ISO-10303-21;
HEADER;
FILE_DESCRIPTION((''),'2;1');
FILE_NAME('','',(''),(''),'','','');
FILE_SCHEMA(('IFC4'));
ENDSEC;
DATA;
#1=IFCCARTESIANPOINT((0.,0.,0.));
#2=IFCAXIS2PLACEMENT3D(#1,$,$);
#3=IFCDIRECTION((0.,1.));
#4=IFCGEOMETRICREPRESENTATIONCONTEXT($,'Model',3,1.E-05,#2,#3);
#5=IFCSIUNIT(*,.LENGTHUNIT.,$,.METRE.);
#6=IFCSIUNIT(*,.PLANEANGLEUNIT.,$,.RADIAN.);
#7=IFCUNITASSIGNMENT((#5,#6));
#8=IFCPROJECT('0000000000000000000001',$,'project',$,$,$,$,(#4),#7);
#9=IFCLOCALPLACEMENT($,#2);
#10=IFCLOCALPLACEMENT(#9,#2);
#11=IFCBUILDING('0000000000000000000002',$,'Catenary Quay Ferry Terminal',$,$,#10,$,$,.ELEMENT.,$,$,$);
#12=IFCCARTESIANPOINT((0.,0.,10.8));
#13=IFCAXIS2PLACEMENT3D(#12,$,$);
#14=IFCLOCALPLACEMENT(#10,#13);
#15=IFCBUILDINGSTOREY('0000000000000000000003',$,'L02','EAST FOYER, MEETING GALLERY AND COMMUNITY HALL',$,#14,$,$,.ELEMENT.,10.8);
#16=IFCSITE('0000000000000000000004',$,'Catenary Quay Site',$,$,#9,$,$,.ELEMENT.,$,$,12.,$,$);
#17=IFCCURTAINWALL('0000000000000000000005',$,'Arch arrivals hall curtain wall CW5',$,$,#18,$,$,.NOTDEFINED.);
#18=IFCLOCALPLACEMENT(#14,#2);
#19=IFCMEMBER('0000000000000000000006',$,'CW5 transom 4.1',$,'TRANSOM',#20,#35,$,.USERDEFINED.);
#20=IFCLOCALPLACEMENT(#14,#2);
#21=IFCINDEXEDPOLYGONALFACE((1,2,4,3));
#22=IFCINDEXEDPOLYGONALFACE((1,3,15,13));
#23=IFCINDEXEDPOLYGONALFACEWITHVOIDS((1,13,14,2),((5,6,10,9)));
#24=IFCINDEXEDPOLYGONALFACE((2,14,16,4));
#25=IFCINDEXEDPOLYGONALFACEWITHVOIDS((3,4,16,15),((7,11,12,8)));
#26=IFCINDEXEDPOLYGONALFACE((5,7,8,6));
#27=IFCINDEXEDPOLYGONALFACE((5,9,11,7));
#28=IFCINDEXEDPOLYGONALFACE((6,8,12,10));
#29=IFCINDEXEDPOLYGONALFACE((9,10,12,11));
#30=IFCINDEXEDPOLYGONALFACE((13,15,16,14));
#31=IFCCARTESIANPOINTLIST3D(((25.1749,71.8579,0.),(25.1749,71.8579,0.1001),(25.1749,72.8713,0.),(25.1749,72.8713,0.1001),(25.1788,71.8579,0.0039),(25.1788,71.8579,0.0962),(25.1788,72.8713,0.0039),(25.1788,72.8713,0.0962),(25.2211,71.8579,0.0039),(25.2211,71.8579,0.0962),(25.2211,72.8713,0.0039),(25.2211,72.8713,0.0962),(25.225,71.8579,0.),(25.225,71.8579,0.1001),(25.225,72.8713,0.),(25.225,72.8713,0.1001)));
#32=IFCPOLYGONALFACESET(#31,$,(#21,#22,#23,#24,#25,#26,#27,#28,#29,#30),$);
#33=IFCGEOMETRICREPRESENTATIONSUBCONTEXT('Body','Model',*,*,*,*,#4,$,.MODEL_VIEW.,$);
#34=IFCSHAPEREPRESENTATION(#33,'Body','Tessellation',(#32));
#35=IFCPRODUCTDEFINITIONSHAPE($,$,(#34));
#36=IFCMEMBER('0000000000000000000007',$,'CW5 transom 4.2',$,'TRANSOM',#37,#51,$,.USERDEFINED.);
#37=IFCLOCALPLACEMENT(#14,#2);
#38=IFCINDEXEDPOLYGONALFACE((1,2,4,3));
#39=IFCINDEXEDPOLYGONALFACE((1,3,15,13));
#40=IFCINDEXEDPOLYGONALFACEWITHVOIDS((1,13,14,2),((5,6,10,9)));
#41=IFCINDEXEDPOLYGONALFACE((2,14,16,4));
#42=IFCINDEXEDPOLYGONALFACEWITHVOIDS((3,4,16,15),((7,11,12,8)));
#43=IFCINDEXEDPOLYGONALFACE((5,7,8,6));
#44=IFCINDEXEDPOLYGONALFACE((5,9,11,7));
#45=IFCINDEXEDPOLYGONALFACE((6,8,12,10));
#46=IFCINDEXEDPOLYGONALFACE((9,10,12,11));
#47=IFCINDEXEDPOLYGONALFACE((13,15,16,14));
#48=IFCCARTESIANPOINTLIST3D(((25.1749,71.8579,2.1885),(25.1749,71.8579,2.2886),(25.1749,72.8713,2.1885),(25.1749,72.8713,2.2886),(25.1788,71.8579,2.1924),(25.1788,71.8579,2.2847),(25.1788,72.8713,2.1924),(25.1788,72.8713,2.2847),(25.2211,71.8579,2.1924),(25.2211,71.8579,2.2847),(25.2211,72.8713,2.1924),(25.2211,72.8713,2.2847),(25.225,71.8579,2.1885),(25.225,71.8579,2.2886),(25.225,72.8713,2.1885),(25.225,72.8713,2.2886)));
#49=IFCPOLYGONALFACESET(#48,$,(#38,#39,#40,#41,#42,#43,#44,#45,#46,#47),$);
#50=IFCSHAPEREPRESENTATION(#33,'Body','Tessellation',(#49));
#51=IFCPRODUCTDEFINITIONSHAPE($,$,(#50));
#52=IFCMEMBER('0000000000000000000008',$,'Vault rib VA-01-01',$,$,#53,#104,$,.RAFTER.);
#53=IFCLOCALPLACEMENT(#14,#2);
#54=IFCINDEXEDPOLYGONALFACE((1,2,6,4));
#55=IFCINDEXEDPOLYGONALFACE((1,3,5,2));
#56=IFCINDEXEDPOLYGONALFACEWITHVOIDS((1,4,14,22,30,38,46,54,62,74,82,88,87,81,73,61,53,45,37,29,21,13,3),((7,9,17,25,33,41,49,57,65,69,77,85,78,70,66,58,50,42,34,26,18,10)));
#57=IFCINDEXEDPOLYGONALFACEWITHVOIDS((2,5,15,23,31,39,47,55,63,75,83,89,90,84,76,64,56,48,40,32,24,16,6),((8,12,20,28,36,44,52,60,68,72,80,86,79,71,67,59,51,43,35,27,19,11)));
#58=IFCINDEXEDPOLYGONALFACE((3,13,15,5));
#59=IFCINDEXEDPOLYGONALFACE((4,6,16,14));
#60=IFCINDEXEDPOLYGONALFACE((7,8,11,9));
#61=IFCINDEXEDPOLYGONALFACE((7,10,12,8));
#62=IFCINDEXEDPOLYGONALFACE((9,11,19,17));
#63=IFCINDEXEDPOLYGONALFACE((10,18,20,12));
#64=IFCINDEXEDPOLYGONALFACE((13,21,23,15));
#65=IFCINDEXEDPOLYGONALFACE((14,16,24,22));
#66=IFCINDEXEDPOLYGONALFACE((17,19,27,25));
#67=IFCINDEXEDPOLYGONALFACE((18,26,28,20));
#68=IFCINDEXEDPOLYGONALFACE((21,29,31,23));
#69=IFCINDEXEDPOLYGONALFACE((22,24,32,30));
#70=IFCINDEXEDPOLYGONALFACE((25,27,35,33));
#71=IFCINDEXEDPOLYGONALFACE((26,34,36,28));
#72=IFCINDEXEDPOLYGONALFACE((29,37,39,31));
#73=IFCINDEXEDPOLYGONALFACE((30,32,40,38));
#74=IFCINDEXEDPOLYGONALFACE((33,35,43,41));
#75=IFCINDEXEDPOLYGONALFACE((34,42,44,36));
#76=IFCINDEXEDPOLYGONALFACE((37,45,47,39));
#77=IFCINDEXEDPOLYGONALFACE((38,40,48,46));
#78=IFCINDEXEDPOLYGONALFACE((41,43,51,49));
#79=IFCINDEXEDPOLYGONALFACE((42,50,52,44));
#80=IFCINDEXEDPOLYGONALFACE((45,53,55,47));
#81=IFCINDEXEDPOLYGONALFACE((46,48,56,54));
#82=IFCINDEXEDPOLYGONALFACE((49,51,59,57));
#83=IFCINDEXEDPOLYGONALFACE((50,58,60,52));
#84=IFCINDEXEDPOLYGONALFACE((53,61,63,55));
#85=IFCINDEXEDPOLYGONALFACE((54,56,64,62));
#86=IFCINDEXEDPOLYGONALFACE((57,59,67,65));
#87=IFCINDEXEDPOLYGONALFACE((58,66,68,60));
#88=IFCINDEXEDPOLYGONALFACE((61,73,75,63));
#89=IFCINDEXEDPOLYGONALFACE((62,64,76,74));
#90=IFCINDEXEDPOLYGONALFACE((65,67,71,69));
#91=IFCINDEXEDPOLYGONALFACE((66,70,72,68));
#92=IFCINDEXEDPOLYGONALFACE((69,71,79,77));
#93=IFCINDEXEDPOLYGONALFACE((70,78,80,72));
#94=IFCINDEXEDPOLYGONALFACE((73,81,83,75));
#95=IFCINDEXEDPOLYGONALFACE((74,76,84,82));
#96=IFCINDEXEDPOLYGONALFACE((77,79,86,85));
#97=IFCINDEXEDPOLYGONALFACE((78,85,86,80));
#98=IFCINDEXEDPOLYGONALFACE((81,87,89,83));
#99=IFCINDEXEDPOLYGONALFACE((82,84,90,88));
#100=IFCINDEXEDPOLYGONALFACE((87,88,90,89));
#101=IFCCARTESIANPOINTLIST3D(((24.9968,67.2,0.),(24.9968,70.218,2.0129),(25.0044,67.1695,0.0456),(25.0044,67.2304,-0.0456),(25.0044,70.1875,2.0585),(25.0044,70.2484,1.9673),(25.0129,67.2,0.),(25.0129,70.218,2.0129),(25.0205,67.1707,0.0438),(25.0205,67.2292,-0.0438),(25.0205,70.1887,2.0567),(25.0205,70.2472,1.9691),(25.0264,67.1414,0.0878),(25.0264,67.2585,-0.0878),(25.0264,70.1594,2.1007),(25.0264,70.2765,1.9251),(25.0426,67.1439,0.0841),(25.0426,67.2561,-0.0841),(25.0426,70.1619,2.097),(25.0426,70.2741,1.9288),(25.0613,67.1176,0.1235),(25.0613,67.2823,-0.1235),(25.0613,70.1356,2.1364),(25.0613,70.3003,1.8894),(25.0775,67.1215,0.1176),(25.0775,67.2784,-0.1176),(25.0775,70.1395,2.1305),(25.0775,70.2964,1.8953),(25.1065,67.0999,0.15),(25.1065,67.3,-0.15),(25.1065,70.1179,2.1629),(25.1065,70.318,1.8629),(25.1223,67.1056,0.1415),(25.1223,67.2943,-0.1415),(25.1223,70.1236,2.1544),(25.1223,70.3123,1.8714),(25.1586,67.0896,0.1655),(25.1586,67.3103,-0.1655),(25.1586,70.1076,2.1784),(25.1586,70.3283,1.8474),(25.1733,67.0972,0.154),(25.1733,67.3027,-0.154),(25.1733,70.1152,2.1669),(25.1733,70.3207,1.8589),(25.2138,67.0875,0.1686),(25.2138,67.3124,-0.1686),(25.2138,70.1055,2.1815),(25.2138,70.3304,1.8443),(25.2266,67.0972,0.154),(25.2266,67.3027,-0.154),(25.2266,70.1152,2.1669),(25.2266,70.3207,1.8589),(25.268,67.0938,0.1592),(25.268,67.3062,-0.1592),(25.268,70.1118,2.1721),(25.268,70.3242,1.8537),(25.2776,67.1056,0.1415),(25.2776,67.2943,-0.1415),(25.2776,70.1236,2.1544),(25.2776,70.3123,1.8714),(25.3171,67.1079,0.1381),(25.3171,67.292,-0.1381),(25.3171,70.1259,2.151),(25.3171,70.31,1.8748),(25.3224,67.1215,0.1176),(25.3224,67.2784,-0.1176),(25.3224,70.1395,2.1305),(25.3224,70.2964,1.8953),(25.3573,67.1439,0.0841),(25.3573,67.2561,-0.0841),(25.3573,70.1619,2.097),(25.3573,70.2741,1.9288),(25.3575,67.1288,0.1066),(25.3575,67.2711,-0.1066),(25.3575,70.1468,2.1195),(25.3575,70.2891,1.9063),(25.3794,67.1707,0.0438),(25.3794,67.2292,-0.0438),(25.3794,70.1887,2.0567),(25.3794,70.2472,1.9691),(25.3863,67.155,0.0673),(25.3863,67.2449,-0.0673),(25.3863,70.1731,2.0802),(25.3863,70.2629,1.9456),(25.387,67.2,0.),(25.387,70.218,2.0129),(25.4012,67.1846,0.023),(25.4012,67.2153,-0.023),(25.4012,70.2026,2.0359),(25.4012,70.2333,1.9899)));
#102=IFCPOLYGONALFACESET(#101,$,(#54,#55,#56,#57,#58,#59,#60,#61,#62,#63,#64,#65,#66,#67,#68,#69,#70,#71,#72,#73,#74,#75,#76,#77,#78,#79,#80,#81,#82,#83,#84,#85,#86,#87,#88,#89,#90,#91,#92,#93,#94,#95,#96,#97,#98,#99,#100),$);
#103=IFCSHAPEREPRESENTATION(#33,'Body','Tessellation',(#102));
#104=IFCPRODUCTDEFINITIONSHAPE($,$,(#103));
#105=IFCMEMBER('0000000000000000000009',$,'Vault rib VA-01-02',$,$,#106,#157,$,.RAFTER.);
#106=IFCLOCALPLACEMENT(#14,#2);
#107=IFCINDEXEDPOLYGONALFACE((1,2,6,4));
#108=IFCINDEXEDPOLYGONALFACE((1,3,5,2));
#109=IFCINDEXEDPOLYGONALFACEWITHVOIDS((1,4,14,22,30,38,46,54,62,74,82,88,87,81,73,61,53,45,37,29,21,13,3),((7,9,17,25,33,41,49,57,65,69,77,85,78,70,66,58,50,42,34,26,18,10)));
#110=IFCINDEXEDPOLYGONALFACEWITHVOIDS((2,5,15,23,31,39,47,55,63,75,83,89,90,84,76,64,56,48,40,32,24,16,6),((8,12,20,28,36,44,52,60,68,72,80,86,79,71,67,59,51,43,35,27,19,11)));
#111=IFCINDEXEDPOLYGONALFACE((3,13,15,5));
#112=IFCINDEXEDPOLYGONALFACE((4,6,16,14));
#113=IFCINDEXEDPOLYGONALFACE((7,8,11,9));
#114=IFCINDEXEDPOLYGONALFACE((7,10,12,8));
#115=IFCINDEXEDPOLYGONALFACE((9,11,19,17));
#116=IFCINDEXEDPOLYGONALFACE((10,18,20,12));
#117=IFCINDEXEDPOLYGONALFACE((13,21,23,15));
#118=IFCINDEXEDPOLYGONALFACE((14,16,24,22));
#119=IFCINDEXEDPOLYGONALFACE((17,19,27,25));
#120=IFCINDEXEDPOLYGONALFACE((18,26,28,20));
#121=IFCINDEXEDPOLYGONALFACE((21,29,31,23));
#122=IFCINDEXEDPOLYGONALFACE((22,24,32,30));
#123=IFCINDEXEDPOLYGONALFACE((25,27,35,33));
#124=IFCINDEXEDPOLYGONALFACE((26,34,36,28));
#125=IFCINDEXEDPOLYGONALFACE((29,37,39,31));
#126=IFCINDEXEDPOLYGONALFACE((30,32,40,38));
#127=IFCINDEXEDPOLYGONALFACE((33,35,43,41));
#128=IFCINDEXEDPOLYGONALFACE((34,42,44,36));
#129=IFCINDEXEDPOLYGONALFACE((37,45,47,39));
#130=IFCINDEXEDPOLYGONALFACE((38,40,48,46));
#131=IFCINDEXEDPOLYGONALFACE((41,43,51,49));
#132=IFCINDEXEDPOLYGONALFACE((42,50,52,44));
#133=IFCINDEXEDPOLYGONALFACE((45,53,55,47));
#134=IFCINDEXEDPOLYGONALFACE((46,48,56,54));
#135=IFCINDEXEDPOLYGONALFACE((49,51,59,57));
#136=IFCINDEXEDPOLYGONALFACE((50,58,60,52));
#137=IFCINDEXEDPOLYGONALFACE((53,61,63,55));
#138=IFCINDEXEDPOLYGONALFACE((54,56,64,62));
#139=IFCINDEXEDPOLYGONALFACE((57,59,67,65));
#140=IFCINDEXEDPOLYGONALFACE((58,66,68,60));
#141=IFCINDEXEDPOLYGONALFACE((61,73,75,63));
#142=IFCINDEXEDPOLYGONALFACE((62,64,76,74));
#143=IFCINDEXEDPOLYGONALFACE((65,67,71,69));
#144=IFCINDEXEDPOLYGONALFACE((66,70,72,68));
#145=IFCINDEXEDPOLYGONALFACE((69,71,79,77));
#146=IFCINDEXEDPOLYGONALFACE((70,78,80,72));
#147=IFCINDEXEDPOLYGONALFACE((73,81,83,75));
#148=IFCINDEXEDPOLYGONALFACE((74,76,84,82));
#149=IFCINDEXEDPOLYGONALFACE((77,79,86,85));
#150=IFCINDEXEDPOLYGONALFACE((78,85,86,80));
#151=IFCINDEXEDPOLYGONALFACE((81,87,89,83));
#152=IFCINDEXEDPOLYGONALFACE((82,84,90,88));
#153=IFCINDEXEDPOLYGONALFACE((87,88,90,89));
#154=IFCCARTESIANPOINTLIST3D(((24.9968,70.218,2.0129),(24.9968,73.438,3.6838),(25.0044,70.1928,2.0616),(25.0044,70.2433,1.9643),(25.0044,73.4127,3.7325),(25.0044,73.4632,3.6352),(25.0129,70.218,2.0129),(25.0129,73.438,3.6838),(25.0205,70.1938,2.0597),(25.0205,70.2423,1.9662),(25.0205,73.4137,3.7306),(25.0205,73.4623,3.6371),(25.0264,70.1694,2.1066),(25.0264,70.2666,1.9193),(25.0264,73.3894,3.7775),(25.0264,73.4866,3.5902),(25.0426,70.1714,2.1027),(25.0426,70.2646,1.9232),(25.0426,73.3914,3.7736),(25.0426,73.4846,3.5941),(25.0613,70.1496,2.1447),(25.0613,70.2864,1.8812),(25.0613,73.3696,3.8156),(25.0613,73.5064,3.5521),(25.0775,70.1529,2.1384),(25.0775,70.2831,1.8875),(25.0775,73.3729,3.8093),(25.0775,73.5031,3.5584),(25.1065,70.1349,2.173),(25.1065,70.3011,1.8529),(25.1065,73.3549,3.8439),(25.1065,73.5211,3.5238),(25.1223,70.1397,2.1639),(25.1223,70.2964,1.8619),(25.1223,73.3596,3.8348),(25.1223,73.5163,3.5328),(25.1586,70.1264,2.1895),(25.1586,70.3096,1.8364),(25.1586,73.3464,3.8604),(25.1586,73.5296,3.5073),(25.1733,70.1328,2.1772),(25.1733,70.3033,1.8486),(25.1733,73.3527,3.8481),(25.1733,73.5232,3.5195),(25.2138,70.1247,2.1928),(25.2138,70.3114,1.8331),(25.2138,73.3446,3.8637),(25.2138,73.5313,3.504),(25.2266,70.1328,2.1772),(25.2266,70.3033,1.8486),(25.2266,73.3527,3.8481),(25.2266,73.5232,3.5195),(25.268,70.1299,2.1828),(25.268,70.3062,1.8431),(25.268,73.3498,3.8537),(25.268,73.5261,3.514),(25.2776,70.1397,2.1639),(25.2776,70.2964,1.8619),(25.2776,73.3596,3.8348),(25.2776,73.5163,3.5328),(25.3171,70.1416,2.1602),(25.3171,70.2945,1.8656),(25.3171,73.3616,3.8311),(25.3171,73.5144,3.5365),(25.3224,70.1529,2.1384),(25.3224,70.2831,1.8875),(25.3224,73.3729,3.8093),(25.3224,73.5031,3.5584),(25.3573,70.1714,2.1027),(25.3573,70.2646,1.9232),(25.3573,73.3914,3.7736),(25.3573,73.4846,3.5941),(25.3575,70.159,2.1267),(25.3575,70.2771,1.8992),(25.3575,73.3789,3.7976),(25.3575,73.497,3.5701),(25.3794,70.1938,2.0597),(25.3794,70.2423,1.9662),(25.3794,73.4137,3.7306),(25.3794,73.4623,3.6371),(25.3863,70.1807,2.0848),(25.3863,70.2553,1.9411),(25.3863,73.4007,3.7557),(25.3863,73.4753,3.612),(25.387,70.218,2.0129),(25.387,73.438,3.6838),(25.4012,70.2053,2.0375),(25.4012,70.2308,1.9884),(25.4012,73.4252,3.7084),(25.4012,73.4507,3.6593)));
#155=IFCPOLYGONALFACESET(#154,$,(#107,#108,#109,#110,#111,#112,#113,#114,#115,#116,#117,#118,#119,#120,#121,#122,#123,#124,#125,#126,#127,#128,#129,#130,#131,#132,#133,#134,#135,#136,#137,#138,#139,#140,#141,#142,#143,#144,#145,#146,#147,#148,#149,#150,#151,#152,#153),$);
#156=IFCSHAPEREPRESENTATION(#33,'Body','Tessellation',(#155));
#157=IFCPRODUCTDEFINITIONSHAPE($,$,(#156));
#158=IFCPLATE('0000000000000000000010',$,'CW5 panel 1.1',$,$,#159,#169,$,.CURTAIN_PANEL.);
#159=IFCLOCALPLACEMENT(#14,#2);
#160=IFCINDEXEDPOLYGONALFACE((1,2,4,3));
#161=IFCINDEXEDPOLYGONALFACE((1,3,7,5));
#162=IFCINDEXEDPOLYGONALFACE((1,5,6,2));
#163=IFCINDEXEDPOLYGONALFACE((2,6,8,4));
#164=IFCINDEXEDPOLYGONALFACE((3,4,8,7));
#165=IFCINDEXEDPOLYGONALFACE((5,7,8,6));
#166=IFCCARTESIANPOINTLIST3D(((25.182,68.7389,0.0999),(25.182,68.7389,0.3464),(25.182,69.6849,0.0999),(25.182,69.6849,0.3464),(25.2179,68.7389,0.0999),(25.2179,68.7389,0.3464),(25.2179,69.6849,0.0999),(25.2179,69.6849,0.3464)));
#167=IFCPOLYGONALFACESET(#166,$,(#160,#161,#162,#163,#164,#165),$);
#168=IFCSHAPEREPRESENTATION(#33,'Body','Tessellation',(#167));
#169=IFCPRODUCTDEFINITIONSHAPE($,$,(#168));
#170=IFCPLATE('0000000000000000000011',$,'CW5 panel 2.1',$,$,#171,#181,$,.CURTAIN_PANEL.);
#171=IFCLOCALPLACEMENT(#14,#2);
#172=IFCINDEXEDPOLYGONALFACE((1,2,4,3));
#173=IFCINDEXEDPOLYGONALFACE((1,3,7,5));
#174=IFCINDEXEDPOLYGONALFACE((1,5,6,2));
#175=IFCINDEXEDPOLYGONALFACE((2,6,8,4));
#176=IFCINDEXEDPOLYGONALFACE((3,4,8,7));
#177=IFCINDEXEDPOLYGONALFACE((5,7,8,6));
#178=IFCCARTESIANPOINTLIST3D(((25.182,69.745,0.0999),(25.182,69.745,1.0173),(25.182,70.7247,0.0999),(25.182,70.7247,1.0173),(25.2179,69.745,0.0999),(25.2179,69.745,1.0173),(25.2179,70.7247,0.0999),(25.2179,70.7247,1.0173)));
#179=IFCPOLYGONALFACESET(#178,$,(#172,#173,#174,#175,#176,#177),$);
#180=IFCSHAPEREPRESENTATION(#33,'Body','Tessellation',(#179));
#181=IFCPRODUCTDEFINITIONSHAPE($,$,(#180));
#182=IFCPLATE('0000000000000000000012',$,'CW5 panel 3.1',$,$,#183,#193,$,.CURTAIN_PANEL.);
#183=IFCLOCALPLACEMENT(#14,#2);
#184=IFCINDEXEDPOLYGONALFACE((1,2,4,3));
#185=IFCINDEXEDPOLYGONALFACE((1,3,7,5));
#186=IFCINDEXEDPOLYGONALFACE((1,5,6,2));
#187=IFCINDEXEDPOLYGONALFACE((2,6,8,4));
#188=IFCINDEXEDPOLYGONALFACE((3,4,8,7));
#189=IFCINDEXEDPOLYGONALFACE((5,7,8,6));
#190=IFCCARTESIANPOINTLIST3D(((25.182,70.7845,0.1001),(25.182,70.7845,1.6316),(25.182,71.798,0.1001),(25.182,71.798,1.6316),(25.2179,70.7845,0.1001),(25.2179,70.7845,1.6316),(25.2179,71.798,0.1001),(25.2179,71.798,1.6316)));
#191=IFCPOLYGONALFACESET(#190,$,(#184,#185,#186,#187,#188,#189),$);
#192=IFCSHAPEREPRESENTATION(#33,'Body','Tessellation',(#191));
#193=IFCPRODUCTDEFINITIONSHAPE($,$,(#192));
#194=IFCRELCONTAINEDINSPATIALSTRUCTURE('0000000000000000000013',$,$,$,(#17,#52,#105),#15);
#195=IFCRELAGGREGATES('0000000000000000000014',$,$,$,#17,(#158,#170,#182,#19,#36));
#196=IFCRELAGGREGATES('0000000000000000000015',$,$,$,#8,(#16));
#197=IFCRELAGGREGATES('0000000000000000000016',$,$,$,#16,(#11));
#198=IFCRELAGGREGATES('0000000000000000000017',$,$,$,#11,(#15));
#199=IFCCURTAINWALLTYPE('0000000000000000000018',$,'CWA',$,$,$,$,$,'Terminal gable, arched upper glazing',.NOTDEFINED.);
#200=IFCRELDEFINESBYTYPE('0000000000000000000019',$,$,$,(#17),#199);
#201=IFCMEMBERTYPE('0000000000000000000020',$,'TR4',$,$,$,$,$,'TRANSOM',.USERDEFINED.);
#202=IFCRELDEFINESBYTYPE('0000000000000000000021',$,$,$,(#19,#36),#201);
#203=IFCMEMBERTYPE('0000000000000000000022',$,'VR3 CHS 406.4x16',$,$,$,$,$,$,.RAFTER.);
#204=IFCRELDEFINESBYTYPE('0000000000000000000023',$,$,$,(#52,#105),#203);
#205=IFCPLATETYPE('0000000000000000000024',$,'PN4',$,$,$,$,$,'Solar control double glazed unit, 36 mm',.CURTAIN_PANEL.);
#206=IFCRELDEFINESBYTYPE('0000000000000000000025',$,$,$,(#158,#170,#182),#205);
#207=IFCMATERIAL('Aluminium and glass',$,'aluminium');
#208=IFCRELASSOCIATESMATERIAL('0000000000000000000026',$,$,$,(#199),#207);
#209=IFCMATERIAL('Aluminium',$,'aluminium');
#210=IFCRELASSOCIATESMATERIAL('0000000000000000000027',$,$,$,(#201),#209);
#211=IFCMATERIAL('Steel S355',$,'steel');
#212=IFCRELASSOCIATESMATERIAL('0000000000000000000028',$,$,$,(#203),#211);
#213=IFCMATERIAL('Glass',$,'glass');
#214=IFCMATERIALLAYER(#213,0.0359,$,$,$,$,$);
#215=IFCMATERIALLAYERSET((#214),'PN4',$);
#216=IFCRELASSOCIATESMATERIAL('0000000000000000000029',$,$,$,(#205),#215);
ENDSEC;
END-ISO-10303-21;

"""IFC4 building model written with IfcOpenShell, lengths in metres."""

from ifc_helpers import new_model, si_unit, direction, frame, origin, origin_2d, place, context, subcontext, project, spatial, rectangle, hollow_rectangle, hollow_circle, extrude, material, layer, layer_set, material_profile, profile_set, type_object, element, aggregate, save


model = new_model("IFC4")

# Units and contexts
model_context = context("Model", 3, precision=1e-05, world=origin(), true_north=direction((0.0, 1.0)))
body_context = subcontext(model_context, "Body", "Model", "MODEL_VIEW")
ifc_project = project(units=[si_unit("LENGTHUNIT", "METRE"), si_unit("PLANEANGLEUNIT", "RADIAN")], contexts=[model_context])

# Site, building, storey
site_placement = place(None, origin())
site = spatial("IfcSite", under=ifc_project, at=site_placement, Name="Catenary Quay Site", CompositionType="ELEMENT", RefElevation=12.0)
building_placement = place(site_placement, origin())
building = spatial("IfcBuilding", under=site, at=building_placement, Name="Catenary Quay Ferry Terminal", CompositionType="ELEMENT")
storey_placement = place(building_placement, frame((0.0, 0.0, 10.8)))
storey = spatial("IfcBuildingStorey", under=building, at=storey_placement, Name="L02", Description="EAST FOYER, MEETING GALLERY AND COMMUNITY HALL", CompositionType="ELEMENT", Elevation=10.8)

# Curtain wall, members
ifc_material_1 = material(Name="Aluminium and glass", Category="aluminium")
curtain_wall_type = type_object("IfcCurtainWallType", Name="CWA", ElementType="Terminal gable, arched upper glazing", PredefinedType="NOTDEFINED", material=ifc_material_1)
curtain_wall_placement = place(storey_placement, origin())
curtain_wall = element("IfcCurtainWall", 1, at=curtain_wall_placement, inside=storey, type_object=curtain_wall_type, Name="Arch arrivals hall curtain wall CW5", PredefinedType="NOTDEFINED")
ifc_material_2 = material(Name="Aluminium", Category="aluminium")
ifc_material_profile_1 = material_profile(ifc_material_2, hollow_rectangle(XDim=0.05, YDim=0.1001, WallThickness=0.0039, at=origin_2d()), Name="TR4")
ifc_profile_set_1 = profile_set([ifc_material_profile_1], Name="Aluminium")
member_type_1 = type_object("IfcMemberType", Name="TR4", ElementType="TRANSOM", PredefinedType="USERDEFINED", material=ifc_profile_set_1)
member_1_placement = place(storey_placement, frame((25.2, 71.8579, 0.05), z_axis=(0.0, 1.0, 0.0), x_axis=(-1.0, 0.0, 0.0)))
member_1 = element("IfcMember", 2, at=member_1_placement, type_object=member_type_1, Name="CW5 transom 4.1", ObjectType="TRANSOM", PredefinedType="USERDEFINED", context=body_context, shape_type="SweptSolid", body=[
    extrude(hollow_rectangle(XDim=0.05, YDim=0.1001, WallThickness=0.0039, at=origin_2d()), origin(), (0.0, 0.0, 1.0), 1.0134),
])
member_2_placement = place(storey_placement, frame((25.2, 71.8579, 2.2385), z_axis=(0.0, 1.0, 0.0), x_axis=(-1.0, 0.0, 0.0)))
member_2 = element("IfcMember", 3, at=member_2_placement, type_object=member_type_1, Name="CW5 transom 4.2", ObjectType="TRANSOM", PredefinedType="USERDEFINED", context=body_context, shape_type="SweptSolid", body=[
    extrude(hollow_rectangle(XDim=0.05, YDim=0.1001, WallThickness=0.0039, at=origin_2d()), origin(), (0.0, 0.0, 1.0), 1.0134),
])

# Members
ifc_material_3 = material(Name="Steel S355", Category="steel")
ifc_material_profile_2 = material_profile(ifc_material_3, hollow_circle(Radius=0.2031, WallThickness=0.0161, at=origin_2d()), Name="CHS 406.4x16")
ifc_profile_set_2 = profile_set([ifc_material_profile_2], Name="Steel S355")
member_type_2 = type_object("IfcMemberType", Name="VR3 CHS 406.4x16", PredefinedType="RAFTER", material=ifc_profile_set_2)
for number, where, z_axis, x_axis, name in (
    (4, (25.2, 67.2, 0.0), (0.0, 0.831936, 0.554871), (-1.0, 0.0, 0.0), "Vault rib VA-01-01"),
    (5, (25.2, 70.218, 2.0129), (0.0, 0.88761, 0.460596), (-1.0, 0.0, 0.0), "Vault rib VA-01-02"),
):
    element("IfcMember", number, at=place(storey_placement, frame(where, z_axis=z_axis, x_axis=x_axis)), inside=storey, type_object=member_type_2, Name=name, PredefinedType="RAFTER", context=body_context, shape_type="SweptSolid", body=[
        extrude(hollow_circle(Radius=0.2031, WallThickness=0.0161, at=origin_2d()), origin(), (0.0, 0.0, 1.0), 3.6277),
    ])

# Plates
ifc_material_4 = material(Name="Glass", Category="glass")
ifc_layer_1 = layer(ifc_material_4, 0.0359)
ifc_layer_set_1 = layer_set([ifc_layer_1], Name="PN4")
plate_type_1 = type_object("IfcPlateType", Name="PN4", ElementType="Solar control double glazed unit, 36 mm", PredefinedType="CURTAIN_PANEL", material=ifc_layer_set_1)
plate_1_placement = place(storey_placement, frame((25.2, 69.2119, 0.0999), z_axis=(0.0, 0.0, 1.0), x_axis=(0.0, 1.0, 0.0)))
plate_1 = element("IfcPlate", 6, at=plate_1_placement, type_object=plate_type_1, Name="CW5 panel 1.1", PredefinedType="CURTAIN_PANEL", context=body_context, shape_type="SweptSolid", body=[
    extrude(rectangle(XDim=0.946, YDim=0.0359, at=origin_2d()), origin(), (0.0, 0.0, 1.0), 0.2466),
])
plate_2_placement = place(storey_placement, frame((25.2, 70.2349, 0.0999), z_axis=(0.0, 0.0, 1.0), x_axis=(0.0, 1.0, 0.0)))
plate_2 = element("IfcPlate", 7, at=plate_2_placement, type_object=plate_type_1, Name="CW5 panel 2.1", PredefinedType="CURTAIN_PANEL", context=body_context, shape_type="SweptSolid", body=[
    extrude(rectangle(XDim=0.9797, YDim=0.0359, at=origin_2d()), origin(), (0.0, 0.0, 1.0), 0.9175),
])
plate_3_placement = place(storey_placement, frame((25.2, 71.2913, 0.1001), z_axis=(0.0, 0.0, 1.0), x_axis=(0.0, 1.0, 0.0)))
plate_3 = element("IfcPlate", 8, at=plate_3_placement, type_object=plate_type_1, Name="CW5 panel 3.1", PredefinedType="CURTAIN_PANEL", context=body_context, shape_type="SweptSolid", body=[
    extrude(rectangle(XDim=1.0134, YDim=0.0359, at=origin_2d()), origin(), (0.0, 0.0, 1.0), 1.5315),
])
aggregate(curtain_wall, [plate_1, plate_2, plate_3, member_1, member_2])

save(model, "model.ifc")
